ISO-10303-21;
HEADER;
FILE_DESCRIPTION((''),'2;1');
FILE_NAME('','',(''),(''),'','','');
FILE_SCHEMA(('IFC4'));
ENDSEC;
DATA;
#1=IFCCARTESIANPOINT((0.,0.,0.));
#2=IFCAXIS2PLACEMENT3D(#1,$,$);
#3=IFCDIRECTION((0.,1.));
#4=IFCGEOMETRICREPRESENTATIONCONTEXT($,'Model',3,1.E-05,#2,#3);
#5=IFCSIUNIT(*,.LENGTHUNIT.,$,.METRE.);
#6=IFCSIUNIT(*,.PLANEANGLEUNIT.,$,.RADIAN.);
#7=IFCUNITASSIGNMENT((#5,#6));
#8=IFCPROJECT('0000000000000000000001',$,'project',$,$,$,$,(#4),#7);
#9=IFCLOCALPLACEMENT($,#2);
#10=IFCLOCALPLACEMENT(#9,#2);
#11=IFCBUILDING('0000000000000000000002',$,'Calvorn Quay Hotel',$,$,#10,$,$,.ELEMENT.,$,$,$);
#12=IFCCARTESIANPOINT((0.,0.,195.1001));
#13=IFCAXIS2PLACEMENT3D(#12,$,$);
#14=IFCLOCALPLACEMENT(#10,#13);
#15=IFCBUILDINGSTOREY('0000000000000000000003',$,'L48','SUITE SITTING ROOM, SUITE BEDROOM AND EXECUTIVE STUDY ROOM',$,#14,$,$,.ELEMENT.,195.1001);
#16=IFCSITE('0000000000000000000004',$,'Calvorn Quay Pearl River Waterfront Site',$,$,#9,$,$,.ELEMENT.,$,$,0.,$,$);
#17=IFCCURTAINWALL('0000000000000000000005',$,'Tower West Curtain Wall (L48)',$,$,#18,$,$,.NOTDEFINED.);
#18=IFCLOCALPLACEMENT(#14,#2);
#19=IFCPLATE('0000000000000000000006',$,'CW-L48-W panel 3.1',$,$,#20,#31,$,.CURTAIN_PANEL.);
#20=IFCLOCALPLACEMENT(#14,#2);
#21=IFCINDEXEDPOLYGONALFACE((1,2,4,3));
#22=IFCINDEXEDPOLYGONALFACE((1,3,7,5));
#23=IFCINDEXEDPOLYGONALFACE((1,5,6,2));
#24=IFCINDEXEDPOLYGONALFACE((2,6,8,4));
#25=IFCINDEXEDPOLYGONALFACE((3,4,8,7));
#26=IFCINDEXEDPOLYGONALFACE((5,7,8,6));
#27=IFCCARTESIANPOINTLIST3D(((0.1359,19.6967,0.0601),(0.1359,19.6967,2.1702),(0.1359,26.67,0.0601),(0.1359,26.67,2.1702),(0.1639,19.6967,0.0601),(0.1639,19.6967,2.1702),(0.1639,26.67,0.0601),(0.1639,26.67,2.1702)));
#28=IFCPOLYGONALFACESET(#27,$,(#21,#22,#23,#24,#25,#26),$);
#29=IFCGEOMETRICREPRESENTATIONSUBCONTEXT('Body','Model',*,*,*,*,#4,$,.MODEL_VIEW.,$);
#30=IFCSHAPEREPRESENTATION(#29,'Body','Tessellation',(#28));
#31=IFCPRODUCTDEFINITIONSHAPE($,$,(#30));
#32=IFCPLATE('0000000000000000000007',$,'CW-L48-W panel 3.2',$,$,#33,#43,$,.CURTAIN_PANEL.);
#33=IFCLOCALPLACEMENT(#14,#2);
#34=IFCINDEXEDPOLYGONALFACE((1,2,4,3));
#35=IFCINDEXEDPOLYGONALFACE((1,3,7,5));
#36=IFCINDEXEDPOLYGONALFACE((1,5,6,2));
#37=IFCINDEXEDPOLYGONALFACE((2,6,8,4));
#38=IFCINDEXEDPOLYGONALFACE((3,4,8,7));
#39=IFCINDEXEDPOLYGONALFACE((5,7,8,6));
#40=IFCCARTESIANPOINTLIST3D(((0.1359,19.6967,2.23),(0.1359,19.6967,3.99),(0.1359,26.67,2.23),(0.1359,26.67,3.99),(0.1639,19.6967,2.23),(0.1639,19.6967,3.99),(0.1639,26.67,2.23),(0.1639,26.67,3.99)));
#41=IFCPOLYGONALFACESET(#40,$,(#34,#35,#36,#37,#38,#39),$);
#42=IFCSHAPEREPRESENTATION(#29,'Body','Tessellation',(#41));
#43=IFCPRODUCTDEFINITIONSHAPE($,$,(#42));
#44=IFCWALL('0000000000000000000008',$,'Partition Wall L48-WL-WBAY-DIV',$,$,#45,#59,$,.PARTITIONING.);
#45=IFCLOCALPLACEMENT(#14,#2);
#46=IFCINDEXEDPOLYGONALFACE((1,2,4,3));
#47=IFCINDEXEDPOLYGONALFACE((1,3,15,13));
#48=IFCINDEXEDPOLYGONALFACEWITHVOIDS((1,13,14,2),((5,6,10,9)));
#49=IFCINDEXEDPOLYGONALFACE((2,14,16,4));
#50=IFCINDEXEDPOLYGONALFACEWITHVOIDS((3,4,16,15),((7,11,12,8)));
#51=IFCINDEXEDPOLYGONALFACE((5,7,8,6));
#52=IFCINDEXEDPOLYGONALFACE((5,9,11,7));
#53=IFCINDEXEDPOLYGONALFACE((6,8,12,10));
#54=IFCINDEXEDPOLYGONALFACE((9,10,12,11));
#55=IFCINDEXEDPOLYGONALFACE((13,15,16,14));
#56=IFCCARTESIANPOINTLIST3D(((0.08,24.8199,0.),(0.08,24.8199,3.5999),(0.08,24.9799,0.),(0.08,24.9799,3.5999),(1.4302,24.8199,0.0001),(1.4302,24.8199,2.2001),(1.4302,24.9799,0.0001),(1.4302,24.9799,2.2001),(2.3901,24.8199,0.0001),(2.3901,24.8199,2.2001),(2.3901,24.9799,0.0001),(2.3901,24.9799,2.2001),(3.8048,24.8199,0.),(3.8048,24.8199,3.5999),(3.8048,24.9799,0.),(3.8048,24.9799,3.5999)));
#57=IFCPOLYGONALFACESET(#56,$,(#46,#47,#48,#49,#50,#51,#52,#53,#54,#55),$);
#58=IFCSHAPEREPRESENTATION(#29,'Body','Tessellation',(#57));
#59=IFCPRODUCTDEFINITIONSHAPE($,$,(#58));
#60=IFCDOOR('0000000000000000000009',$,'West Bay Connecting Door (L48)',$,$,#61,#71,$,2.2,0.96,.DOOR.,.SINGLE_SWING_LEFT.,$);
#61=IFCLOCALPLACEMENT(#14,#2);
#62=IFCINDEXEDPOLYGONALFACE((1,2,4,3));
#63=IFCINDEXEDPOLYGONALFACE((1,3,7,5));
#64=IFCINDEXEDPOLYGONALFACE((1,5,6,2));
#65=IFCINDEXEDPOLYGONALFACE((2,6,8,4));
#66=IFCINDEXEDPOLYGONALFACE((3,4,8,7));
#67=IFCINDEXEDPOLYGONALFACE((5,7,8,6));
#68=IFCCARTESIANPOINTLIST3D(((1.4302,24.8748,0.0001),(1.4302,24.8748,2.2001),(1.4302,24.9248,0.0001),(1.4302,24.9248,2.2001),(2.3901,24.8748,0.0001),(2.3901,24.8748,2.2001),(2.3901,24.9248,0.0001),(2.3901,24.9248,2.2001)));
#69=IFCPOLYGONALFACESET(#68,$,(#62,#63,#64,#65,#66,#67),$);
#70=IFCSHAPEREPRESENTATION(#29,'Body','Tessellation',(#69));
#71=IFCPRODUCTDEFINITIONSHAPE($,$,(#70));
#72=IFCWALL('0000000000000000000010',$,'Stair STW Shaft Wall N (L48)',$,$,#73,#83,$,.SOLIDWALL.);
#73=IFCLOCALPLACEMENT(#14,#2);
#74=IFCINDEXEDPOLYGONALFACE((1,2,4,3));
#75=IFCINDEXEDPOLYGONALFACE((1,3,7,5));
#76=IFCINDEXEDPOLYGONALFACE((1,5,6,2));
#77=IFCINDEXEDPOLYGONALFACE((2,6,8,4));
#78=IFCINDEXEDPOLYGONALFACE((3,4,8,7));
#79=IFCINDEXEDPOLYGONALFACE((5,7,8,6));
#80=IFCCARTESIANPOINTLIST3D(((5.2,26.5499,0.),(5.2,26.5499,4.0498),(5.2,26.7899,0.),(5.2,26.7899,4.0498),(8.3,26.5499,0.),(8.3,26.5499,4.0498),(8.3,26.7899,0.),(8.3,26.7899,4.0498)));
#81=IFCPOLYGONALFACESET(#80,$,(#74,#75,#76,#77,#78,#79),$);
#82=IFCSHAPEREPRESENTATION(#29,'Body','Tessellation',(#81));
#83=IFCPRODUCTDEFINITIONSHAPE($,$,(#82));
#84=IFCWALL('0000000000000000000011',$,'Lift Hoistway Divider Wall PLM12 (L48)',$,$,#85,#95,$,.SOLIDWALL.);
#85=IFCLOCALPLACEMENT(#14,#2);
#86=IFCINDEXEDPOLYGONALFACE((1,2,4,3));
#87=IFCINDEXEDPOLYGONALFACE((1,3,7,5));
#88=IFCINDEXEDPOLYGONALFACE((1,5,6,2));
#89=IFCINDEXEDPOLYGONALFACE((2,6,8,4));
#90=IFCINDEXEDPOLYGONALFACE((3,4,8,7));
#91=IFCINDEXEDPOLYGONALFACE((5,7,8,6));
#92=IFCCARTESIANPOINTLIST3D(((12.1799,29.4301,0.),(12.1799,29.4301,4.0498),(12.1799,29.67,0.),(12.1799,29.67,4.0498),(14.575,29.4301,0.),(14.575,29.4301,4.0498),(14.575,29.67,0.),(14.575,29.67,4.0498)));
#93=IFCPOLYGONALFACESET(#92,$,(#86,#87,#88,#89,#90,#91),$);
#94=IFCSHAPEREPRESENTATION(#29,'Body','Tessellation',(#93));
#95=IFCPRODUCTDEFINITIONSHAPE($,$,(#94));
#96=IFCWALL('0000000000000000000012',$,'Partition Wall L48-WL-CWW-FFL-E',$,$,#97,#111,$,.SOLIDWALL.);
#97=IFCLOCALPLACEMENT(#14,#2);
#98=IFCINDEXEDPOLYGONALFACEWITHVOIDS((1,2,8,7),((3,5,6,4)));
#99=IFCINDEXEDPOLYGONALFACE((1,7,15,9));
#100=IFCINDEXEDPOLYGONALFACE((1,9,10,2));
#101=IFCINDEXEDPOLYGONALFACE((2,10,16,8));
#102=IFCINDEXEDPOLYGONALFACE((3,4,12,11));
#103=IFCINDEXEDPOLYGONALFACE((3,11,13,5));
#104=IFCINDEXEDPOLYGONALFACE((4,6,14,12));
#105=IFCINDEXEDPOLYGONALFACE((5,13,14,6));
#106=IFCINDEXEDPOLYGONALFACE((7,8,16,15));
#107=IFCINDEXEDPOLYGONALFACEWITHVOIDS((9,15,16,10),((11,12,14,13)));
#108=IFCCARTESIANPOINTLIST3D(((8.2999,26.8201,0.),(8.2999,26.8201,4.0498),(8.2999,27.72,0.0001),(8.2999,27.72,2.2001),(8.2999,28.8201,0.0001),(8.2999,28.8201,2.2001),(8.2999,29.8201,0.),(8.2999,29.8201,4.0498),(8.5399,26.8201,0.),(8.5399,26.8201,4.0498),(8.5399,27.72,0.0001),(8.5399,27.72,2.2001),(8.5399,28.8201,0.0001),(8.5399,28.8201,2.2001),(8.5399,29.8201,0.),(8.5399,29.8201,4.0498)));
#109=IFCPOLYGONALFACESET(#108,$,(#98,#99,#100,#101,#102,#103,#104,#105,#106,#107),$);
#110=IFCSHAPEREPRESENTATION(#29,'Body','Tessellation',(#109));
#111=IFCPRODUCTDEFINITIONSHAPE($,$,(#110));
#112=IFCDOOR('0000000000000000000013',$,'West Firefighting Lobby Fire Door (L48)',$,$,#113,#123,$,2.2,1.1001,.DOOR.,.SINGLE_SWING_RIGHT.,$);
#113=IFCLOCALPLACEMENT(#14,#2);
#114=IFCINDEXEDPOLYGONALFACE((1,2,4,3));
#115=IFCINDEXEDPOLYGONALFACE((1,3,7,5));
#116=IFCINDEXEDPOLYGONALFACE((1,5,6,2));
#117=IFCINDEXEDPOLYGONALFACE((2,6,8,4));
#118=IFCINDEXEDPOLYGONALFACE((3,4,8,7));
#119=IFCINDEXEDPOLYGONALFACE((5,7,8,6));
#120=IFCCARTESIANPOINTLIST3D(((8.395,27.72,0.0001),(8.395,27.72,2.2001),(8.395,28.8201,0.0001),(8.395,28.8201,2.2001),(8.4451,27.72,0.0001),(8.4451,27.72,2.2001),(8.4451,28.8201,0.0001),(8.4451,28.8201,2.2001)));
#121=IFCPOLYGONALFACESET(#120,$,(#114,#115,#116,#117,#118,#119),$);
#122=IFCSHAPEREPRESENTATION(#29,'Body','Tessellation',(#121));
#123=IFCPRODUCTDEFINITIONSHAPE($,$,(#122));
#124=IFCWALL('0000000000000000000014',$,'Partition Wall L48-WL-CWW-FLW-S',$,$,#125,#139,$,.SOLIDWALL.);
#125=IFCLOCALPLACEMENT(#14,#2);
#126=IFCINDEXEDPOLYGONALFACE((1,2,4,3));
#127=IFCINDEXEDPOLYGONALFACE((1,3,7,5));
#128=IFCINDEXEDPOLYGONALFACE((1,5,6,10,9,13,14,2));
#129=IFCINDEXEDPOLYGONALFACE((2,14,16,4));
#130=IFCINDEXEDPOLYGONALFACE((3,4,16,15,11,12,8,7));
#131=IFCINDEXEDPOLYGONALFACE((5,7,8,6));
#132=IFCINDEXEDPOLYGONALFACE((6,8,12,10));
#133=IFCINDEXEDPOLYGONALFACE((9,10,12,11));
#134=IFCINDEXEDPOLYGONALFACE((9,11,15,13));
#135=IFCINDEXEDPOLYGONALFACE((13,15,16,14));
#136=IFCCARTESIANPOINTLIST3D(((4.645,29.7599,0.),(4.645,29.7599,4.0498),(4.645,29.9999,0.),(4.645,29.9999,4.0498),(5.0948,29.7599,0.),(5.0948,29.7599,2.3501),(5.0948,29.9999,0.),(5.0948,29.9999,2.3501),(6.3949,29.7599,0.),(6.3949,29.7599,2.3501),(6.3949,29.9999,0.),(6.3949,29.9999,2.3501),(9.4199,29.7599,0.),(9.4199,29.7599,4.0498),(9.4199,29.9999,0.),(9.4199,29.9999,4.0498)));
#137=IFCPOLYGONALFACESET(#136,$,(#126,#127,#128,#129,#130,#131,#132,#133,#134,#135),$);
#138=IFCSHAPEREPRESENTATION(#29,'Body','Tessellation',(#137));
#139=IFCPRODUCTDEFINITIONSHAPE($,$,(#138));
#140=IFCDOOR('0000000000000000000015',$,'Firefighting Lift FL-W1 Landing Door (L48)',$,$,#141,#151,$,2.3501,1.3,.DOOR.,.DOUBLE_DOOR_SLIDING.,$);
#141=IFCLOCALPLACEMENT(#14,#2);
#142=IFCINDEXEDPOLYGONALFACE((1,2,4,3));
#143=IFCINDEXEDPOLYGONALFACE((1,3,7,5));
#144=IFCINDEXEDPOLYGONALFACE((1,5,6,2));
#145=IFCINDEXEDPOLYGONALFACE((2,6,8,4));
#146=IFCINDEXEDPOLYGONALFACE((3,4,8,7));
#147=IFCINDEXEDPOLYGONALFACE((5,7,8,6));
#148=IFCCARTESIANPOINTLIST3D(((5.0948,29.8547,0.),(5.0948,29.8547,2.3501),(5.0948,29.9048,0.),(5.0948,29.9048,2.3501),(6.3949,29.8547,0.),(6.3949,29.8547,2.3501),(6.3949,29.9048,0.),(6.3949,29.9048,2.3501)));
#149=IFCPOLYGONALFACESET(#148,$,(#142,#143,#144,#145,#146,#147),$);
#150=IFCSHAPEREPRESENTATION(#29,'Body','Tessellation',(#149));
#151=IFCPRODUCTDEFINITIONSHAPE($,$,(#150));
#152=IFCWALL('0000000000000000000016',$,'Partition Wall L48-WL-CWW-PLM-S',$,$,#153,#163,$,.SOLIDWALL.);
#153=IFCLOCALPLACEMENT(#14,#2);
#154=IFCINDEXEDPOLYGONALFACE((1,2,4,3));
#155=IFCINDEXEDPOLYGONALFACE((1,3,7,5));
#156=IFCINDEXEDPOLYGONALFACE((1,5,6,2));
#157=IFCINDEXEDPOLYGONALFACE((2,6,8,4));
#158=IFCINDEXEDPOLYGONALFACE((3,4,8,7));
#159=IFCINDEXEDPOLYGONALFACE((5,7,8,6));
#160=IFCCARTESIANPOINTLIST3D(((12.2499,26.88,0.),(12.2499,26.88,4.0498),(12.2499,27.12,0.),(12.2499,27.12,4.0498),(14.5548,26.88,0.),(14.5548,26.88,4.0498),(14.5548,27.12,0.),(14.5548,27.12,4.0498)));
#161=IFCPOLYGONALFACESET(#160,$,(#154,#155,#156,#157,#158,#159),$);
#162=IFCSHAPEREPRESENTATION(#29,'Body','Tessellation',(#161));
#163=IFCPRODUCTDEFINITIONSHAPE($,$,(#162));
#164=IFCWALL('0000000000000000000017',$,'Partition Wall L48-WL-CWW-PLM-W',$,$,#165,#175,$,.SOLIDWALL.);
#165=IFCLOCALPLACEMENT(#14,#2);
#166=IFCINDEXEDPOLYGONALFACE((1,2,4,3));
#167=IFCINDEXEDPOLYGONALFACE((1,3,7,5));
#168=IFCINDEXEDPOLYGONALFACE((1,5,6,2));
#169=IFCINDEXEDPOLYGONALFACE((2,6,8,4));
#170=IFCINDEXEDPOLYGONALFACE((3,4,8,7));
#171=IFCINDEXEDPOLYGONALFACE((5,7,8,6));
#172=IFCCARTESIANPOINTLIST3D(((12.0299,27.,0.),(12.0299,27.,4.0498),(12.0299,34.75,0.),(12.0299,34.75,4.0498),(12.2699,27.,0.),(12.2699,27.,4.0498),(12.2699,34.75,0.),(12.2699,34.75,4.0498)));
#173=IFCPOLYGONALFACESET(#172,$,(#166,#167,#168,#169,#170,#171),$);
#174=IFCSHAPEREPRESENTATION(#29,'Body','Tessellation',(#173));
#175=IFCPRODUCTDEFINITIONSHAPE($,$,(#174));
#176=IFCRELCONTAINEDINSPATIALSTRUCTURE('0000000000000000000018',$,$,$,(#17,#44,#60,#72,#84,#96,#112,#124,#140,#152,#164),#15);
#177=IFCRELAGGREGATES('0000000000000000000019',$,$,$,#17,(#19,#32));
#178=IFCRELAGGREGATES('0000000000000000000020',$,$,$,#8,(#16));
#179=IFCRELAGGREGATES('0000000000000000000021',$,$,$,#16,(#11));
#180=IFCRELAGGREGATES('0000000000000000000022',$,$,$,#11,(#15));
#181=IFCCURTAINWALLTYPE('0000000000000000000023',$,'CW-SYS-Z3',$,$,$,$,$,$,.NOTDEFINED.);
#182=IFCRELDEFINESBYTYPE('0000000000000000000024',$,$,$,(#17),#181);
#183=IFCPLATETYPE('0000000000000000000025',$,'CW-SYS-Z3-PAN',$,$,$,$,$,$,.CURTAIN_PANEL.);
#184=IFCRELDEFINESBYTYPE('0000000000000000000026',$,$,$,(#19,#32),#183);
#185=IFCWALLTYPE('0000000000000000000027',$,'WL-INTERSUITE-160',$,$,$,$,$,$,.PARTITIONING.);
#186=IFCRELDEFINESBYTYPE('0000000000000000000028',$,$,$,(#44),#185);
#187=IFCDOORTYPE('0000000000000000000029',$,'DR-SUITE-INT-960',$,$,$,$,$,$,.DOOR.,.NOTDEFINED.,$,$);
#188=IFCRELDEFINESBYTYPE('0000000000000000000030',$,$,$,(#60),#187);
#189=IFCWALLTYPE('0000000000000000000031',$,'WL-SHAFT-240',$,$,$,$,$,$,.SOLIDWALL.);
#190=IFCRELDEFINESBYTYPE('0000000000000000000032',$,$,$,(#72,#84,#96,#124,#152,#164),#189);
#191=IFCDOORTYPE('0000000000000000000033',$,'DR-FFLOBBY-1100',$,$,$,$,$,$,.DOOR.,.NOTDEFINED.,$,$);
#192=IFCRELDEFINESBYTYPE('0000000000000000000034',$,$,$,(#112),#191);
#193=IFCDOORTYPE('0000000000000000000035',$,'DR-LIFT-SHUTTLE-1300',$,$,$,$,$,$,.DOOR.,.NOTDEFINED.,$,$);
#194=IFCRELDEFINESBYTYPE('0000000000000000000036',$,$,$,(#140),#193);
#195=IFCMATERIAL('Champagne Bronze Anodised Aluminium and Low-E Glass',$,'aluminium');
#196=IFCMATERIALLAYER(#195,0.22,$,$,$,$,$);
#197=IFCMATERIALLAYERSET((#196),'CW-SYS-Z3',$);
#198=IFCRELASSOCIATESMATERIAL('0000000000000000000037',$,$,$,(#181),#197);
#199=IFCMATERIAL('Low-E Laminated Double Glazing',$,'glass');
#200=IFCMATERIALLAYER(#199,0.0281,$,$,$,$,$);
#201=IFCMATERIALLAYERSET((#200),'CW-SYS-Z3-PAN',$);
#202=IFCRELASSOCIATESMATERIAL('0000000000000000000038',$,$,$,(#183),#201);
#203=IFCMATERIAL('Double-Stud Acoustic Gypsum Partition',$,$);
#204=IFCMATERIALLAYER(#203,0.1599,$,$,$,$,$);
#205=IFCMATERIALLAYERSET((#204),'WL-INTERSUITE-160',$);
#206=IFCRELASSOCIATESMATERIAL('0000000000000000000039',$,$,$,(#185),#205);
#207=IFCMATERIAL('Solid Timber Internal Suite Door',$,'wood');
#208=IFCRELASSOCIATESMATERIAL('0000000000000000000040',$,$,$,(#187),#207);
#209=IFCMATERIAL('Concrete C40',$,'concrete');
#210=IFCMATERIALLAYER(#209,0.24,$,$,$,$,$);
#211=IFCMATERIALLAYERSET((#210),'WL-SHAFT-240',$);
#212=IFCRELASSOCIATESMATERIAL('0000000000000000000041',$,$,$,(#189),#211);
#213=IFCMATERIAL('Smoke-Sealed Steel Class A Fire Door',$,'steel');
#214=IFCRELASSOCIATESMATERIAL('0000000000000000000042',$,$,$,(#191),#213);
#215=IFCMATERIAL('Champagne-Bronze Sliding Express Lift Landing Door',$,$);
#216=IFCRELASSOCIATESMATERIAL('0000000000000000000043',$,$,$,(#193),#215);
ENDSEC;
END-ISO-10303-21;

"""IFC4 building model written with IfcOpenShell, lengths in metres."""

from ifc_helpers import new_model, si_unit, direction, frame, frame_2d, origin, origin_2d, place, context, subcontext, project, spatial, rectangle, extrude, material, layer, layer_set, type_object, element, fill, aggregate, save


model = new_model("IFC4")

# Units and contexts
model_context = context("Model", 3, precision=1e-05, world=origin(), true_north=direction((0.0, 1.0)))
body_context = subcontext(model_context, "Body", "Model", "MODEL_VIEW")
ifc_project = project(units=[si_unit("LENGTHUNIT", "METRE"), si_unit("PLANEANGLEUNIT", "RADIAN")], contexts=[model_context])

# Site, building, storey
site_placement = place(None, origin())
site = spatial("IfcSite", under=ifc_project, at=site_placement, Name="Calvorn Quay Pearl River Waterfront Site", CompositionType="ELEMENT", RefElevation=0.0)
building_placement = place(site_placement, origin())
building = spatial("IfcBuilding", under=site, at=building_placement, Name="Calvorn Quay Hotel", CompositionType="ELEMENT")
storey_placement = place(building_placement, frame((0.0, 0.0, 195.1001)))
storey = spatial("IfcBuildingStorey", under=building, at=storey_placement, Name="L48", Description="SUITE SITTING ROOM, SUITE BEDROOM AND EXECUTIVE STUDY ROOM", CompositionType="ELEMENT", Elevation=195.1001)

# Curtain wall, plates
ifc_material_1 = material(Name="Champagne Bronze Anodised Aluminium and Low-E Glass", Category="aluminium")
ifc_layer_1 = layer(ifc_material_1, 0.22)
ifc_layer_set_1 = layer_set([ifc_layer_1], Name="CW-SYS-Z3")
curtain_wall_type = type_object("IfcCurtainWallType", Name="CW-SYS-Z3", PredefinedType="NOTDEFINED", material=ifc_layer_set_1)
curtain_wall_placement = place(storey_placement, origin())
curtain_wall = element("IfcCurtainWall", 1, at=curtain_wall_placement, inside=storey, type_object=curtain_wall_type, Name="Tower West Curtain Wall (L48)", PredefinedType="NOTDEFINED")
ifc_material_2 = material(Name="Low-E Laminated Double Glazing", Category="glass")
ifc_layer_2 = layer(ifc_material_2, 0.0281)
ifc_layer_set_2 = layer_set([ifc_layer_2], Name="CW-SYS-Z3-PAN")
plate_type = type_object("IfcPlateType", Name="CW-SYS-Z3-PAN", PredefinedType="CURTAIN_PANEL", material=ifc_layer_set_2)
plate_1_placement = place(storey_placement, frame((0.1499, 23.1833, 0.0601), z_axis=(0.0, 0.0, 1.0), x_axis=(0.0, 1.0, 0.0)))
plate_1 = element("IfcPlate", 2, at=plate_1_placement, type_object=plate_type, Name="CW-L48-W panel 3.1", PredefinedType="CURTAIN_PANEL", context=body_context, shape_type="SweptSolid", body=[
    extrude(rectangle(XDim=6.9734, YDim=0.0281, at=origin_2d()), origin(), (0.0, 0.0, 1.0), 2.1101),
])
plate_2_placement = place(storey_placement, frame((0.1499, 23.1833, 2.23), z_axis=(0.0, 0.0, 1.0), x_axis=(0.0, 1.0, 0.0)))
plate_2 = element("IfcPlate", 3, at=plate_2_placement, type_object=plate_type, Name="CW-L48-W panel 3.2", PredefinedType="CURTAIN_PANEL", context=body_context, shape_type="SweptSolid", body=[
    extrude(rectangle(XDim=6.9734, YDim=0.0281, at=origin_2d()), origin(), (0.0, 0.0, 1.0), 1.76),
])
aggregate(curtain_wall, [plate_1, plate_2])

# Wall, opening, door
ifc_material_3 = material(Name="Double-Stud Acoustic Gypsum Partition")
ifc_layer_3 = layer(ifc_material_3, 0.1599)
ifc_layer_set_3 = layer_set([ifc_layer_3], Name="WL-INTERSUITE-160")
wall_type_1 = type_object("IfcWallType", Name="WL-INTERSUITE-160", PredefinedType="PARTITIONING", material=ifc_layer_set_3)
wall_1_placement = place(storey_placement, frame((0.0801, 24.8999, 0.0), z_axis=(0.0, 0.0, 1.0), x_axis=(1.0, 0.0, 0.0)))
wall_1 = element("IfcWall", 4, at=wall_1_placement, inside=storey, type_object=wall_type_1, Name="Partition Wall L48-WL-WBAY-DIV", PredefinedType="PARTITIONING", context=body_context, shape_type="SweptSolid", body=[
    extrude(rectangle(XDim=3.7249, YDim=0.1599, at=frame_2d((1.8623, 0.0))), origin(), (0.0, 0.0, 1.0), 3.5999),
])
opening_1_placement = place(wall_1_placement, frame((1.3501, 0.0, 0.0)))
opening_1 = element("IfcOpeningElement", 5, at=opening_1_placement, cuts=wall_1, PredefinedType="OPENING", context=body_context, shape_type="SweptSolid", body=[
    extrude(rectangle(XDim=0.96, YDim=2.2, at=frame_2d((0.48, 1.1001))), frame((0.0, 0.0898, 0.0), z_axis=(0.0, -1.0, 0.0), x_axis=(1.0, 0.0, 0.0)), (0.0, 0.0, 1.0), 0.1799),
])
ifc_material_4 = material(Name="Solid Timber Internal Suite Door", Category="wood")
door_type_1 = type_object("IfcDoorType", Name="DR-SUITE-INT-960", OperationType="NOTDEFINED", PredefinedType="DOOR", material=ifc_material_4)
door_1_placement = place(opening_1_placement, origin())
door_1 = element("IfcDoor", 6, at=door_1_placement, inside=storey, type_object=door_type_1, Name="West Bay Connecting Door (L48)", OperationType="SINGLE_SWING_LEFT", OverallHeight=2.2, OverallWidth=0.96, PredefinedType="DOOR", context=body_context, shape_type="SweptSolid", body=[
    extrude(rectangle(XDim=0.96, YDim=2.2, at=frame_2d((0.48, 1.1001))), frame((0.0, 0.0249, 0.0), z_axis=(0.0, -1.0, 0.0), x_axis=(1.0, 0.0, 0.0)), (0.0, 0.0, 1.0), 0.05),
])
fill(opening_1, door_1)

# Walls
ifc_material_5 = material(Name="Concrete C40", Category="concrete")
ifc_layer_4 = layer(ifc_material_5, 0.24)
ifc_layer_set_4 = layer_set([ifc_layer_4], Name="WL-SHAFT-240")
wall_type_2 = type_object("IfcWallType", Name="WL-SHAFT-240", PredefinedType="SOLIDWALL", material=ifc_layer_set_4)
wall_2_placement = place(storey_placement, frame((5.2, 26.6699, 0.0), z_axis=(0.0, 0.0, 1.0), x_axis=(1.0, 0.0, 0.0)))
element("IfcWall", 7, at=wall_2_placement, inside=storey, type_object=wall_type_2, Name="Stair STW Shaft Wall N (L48)", PredefinedType="SOLIDWALL", context=body_context, shape_type="SweptSolid", body=[
    extrude(rectangle(XDim=3.1001, YDim=0.24, at=frame_2d((1.55, 0.0))), origin(), (0.0, 0.0, 1.0), 4.0498),
])
wall_3_placement = place(storey_placement, frame((12.1799, 29.55, 0.0), z_axis=(0.0, 0.0, 1.0), x_axis=(1.0, 0.0, 0.0)))
element("IfcWall", 8, at=wall_3_placement, inside=storey, type_object=wall_type_2, Name="Lift Hoistway Divider Wall PLM12 (L48)", PredefinedType="SOLIDWALL", context=body_context, shape_type="SweptSolid", body=[
    extrude(rectangle(XDim=2.395, YDim=0.24, at=frame_2d((1.1975, 0.0))), origin(), (0.0, 0.0, 1.0), 4.0498),
])

# Walls, openings, doors
wall_4_placement = place(storey_placement, frame((8.4199, 26.8201, 0.0), z_axis=(0.0, 0.0, 1.0), x_axis=(0.0, 1.0, 0.0)))
wall_4 = element("IfcWall", 9, at=wall_4_placement, inside=storey, type_object=wall_type_2, Name="Partition Wall L48-WL-CWW-FFL-E", PredefinedType="SOLIDWALL", context=body_context, shape_type="SweptSolid", body=[
    extrude(rectangle(XDim=3.0, YDim=0.24, at=frame_2d((1.5, 0.0))), origin(), (0.0, 0.0, 1.0), 4.0498),
])
opening_2_placement = place(wall_4_placement, frame((0.8999, 0.0, 0.0)))
opening_2 = element("IfcOpeningElement", 10, at=opening_2_placement, cuts=wall_4, PredefinedType="OPENING", context=body_context, shape_type="SweptSolid", body=[
    extrude(rectangle(XDim=1.1001, YDim=2.2, at=frame_2d((0.55, 1.1001))), frame((0.0, 0.1299, 0.0), z_axis=(0.0, -1.0, 0.0), x_axis=(1.0, 0.0, 0.0)), (0.0, 0.0, 1.0), 0.26),
])
ifc_material_6 = material(Name="Smoke-Sealed Steel Class A Fire Door", Category="steel")
door_type_2 = type_object("IfcDoorType", Name="DR-FFLOBBY-1100", OperationType="NOTDEFINED", PredefinedType="DOOR", material=ifc_material_6)
door_2_placement = place(opening_2_placement, origin())
door_2 = element("IfcDoor", 11, at=door_2_placement, inside=storey, type_object=door_type_2, Name="West Firefighting Lobby Fire Door (L48)", OperationType="SINGLE_SWING_RIGHT", OverallHeight=2.2, OverallWidth=1.1001, PredefinedType="DOOR", context=body_context, shape_type="SweptSolid", body=[
    extrude(rectangle(XDim=1.1001, YDim=2.2, at=frame_2d((0.55, 1.1001))), frame((0.0, 0.0249, 0.0), z_axis=(0.0, -1.0, 0.0), x_axis=(1.0, 0.0, 0.0)), (0.0, 0.0, 1.0), 0.05),
])
fill(opening_2, door_2)
wall_5_placement = place(storey_placement, frame((4.645, 29.8799, 0.0), z_axis=(0.0, 0.0, 1.0), x_axis=(1.0, 0.0, 0.0)))
wall_5 = element("IfcWall", 12, at=wall_5_placement, inside=storey, type_object=wall_type_2, Name="Partition Wall L48-WL-CWW-FLW-S", PredefinedType="SOLIDWALL", context=body_context, shape_type="SweptSolid", body=[
    extrude(rectangle(XDim=4.7749, YDim=0.24, at=frame_2d((2.3875, 0.0))), origin(), (0.0, 0.0, 1.0), 4.0498),
])
opening_3_placement = place(wall_5_placement, frame((0.45, 0.0, 0.0)))
opening_3 = element("IfcOpeningElement", 13, at=opening_3_placement, cuts=wall_5, PredefinedType="OPENING", context=body_context, shape_type="SweptSolid", body=[
    extrude(rectangle(XDim=1.3, YDim=2.3501, at=frame_2d((0.6499, 1.175))), frame((0.0, 0.1299, 0.0), z_axis=(0.0, -1.0, 0.0), x_axis=(1.0, 0.0, 0.0)), (0.0, 0.0, 1.0), 0.26),
])
ifc_material_7 = material(Name="Champagne-Bronze Sliding Express Lift Landing Door")
door_type_3 = type_object("IfcDoorType", Name="DR-LIFT-SHUTTLE-1300", OperationType="NOTDEFINED", PredefinedType="DOOR", material=ifc_material_7)
door_3_placement = place(opening_3_placement, origin())
door_3 = element("IfcDoor", 14, at=door_3_placement, inside=storey, type_object=door_type_3, Name="Firefighting Lift FL-W1 Landing Door (L48)", OperationType="DOUBLE_DOOR_SLIDING", OverallHeight=2.3501, OverallWidth=1.3, PredefinedType="DOOR", context=body_context, shape_type="SweptSolid", body=[
    extrude(rectangle(XDim=1.3, YDim=2.3501, at=frame_2d((0.6499, 1.175))), frame((0.0, 0.0249, 0.0), z_axis=(0.0, -1.0, 0.0), x_axis=(1.0, 0.0, 0.0)), (0.0, 0.0, 1.0), 0.05),
])
fill(opening_3, door_3)

# Walls
wall_6_placement = place(storey_placement, frame((12.25, 27.0, 0.0), z_axis=(0.0, 0.0, 1.0), x_axis=(1.0, 0.0, 0.0)))
element("IfcWall", 15, at=wall_6_placement, inside=storey, type_object=wall_type_2, Name="Partition Wall L48-WL-CWW-PLM-S", PredefinedType="SOLIDWALL", context=body_context, shape_type="SweptSolid", body=[
    extrude(rectangle(XDim=2.3049, YDim=0.24, at=frame_2d((1.1523, 0.0))), origin(), (0.0, 0.0, 1.0), 4.0498),
])
wall_7_placement = place(storey_placement, frame((12.1499, 27.0, 0.0), z_axis=(0.0, 0.0, 1.0), x_axis=(0.0, 1.0, 0.0)))
element("IfcWall", 16, at=wall_7_placement, inside=storey, type_object=wall_type_2, Name="Partition Wall L48-WL-CWW-PLM-W", PredefinedType="SOLIDWALL", context=body_context, shape_type="SweptSolid", body=[
    extrude(rectangle(XDim=7.75, YDim=0.24, at=frame_2d((3.875, 0.0))), origin(), (0.0, 0.0, 1.0), 4.0498),
])

save(model, "model.ifc")
